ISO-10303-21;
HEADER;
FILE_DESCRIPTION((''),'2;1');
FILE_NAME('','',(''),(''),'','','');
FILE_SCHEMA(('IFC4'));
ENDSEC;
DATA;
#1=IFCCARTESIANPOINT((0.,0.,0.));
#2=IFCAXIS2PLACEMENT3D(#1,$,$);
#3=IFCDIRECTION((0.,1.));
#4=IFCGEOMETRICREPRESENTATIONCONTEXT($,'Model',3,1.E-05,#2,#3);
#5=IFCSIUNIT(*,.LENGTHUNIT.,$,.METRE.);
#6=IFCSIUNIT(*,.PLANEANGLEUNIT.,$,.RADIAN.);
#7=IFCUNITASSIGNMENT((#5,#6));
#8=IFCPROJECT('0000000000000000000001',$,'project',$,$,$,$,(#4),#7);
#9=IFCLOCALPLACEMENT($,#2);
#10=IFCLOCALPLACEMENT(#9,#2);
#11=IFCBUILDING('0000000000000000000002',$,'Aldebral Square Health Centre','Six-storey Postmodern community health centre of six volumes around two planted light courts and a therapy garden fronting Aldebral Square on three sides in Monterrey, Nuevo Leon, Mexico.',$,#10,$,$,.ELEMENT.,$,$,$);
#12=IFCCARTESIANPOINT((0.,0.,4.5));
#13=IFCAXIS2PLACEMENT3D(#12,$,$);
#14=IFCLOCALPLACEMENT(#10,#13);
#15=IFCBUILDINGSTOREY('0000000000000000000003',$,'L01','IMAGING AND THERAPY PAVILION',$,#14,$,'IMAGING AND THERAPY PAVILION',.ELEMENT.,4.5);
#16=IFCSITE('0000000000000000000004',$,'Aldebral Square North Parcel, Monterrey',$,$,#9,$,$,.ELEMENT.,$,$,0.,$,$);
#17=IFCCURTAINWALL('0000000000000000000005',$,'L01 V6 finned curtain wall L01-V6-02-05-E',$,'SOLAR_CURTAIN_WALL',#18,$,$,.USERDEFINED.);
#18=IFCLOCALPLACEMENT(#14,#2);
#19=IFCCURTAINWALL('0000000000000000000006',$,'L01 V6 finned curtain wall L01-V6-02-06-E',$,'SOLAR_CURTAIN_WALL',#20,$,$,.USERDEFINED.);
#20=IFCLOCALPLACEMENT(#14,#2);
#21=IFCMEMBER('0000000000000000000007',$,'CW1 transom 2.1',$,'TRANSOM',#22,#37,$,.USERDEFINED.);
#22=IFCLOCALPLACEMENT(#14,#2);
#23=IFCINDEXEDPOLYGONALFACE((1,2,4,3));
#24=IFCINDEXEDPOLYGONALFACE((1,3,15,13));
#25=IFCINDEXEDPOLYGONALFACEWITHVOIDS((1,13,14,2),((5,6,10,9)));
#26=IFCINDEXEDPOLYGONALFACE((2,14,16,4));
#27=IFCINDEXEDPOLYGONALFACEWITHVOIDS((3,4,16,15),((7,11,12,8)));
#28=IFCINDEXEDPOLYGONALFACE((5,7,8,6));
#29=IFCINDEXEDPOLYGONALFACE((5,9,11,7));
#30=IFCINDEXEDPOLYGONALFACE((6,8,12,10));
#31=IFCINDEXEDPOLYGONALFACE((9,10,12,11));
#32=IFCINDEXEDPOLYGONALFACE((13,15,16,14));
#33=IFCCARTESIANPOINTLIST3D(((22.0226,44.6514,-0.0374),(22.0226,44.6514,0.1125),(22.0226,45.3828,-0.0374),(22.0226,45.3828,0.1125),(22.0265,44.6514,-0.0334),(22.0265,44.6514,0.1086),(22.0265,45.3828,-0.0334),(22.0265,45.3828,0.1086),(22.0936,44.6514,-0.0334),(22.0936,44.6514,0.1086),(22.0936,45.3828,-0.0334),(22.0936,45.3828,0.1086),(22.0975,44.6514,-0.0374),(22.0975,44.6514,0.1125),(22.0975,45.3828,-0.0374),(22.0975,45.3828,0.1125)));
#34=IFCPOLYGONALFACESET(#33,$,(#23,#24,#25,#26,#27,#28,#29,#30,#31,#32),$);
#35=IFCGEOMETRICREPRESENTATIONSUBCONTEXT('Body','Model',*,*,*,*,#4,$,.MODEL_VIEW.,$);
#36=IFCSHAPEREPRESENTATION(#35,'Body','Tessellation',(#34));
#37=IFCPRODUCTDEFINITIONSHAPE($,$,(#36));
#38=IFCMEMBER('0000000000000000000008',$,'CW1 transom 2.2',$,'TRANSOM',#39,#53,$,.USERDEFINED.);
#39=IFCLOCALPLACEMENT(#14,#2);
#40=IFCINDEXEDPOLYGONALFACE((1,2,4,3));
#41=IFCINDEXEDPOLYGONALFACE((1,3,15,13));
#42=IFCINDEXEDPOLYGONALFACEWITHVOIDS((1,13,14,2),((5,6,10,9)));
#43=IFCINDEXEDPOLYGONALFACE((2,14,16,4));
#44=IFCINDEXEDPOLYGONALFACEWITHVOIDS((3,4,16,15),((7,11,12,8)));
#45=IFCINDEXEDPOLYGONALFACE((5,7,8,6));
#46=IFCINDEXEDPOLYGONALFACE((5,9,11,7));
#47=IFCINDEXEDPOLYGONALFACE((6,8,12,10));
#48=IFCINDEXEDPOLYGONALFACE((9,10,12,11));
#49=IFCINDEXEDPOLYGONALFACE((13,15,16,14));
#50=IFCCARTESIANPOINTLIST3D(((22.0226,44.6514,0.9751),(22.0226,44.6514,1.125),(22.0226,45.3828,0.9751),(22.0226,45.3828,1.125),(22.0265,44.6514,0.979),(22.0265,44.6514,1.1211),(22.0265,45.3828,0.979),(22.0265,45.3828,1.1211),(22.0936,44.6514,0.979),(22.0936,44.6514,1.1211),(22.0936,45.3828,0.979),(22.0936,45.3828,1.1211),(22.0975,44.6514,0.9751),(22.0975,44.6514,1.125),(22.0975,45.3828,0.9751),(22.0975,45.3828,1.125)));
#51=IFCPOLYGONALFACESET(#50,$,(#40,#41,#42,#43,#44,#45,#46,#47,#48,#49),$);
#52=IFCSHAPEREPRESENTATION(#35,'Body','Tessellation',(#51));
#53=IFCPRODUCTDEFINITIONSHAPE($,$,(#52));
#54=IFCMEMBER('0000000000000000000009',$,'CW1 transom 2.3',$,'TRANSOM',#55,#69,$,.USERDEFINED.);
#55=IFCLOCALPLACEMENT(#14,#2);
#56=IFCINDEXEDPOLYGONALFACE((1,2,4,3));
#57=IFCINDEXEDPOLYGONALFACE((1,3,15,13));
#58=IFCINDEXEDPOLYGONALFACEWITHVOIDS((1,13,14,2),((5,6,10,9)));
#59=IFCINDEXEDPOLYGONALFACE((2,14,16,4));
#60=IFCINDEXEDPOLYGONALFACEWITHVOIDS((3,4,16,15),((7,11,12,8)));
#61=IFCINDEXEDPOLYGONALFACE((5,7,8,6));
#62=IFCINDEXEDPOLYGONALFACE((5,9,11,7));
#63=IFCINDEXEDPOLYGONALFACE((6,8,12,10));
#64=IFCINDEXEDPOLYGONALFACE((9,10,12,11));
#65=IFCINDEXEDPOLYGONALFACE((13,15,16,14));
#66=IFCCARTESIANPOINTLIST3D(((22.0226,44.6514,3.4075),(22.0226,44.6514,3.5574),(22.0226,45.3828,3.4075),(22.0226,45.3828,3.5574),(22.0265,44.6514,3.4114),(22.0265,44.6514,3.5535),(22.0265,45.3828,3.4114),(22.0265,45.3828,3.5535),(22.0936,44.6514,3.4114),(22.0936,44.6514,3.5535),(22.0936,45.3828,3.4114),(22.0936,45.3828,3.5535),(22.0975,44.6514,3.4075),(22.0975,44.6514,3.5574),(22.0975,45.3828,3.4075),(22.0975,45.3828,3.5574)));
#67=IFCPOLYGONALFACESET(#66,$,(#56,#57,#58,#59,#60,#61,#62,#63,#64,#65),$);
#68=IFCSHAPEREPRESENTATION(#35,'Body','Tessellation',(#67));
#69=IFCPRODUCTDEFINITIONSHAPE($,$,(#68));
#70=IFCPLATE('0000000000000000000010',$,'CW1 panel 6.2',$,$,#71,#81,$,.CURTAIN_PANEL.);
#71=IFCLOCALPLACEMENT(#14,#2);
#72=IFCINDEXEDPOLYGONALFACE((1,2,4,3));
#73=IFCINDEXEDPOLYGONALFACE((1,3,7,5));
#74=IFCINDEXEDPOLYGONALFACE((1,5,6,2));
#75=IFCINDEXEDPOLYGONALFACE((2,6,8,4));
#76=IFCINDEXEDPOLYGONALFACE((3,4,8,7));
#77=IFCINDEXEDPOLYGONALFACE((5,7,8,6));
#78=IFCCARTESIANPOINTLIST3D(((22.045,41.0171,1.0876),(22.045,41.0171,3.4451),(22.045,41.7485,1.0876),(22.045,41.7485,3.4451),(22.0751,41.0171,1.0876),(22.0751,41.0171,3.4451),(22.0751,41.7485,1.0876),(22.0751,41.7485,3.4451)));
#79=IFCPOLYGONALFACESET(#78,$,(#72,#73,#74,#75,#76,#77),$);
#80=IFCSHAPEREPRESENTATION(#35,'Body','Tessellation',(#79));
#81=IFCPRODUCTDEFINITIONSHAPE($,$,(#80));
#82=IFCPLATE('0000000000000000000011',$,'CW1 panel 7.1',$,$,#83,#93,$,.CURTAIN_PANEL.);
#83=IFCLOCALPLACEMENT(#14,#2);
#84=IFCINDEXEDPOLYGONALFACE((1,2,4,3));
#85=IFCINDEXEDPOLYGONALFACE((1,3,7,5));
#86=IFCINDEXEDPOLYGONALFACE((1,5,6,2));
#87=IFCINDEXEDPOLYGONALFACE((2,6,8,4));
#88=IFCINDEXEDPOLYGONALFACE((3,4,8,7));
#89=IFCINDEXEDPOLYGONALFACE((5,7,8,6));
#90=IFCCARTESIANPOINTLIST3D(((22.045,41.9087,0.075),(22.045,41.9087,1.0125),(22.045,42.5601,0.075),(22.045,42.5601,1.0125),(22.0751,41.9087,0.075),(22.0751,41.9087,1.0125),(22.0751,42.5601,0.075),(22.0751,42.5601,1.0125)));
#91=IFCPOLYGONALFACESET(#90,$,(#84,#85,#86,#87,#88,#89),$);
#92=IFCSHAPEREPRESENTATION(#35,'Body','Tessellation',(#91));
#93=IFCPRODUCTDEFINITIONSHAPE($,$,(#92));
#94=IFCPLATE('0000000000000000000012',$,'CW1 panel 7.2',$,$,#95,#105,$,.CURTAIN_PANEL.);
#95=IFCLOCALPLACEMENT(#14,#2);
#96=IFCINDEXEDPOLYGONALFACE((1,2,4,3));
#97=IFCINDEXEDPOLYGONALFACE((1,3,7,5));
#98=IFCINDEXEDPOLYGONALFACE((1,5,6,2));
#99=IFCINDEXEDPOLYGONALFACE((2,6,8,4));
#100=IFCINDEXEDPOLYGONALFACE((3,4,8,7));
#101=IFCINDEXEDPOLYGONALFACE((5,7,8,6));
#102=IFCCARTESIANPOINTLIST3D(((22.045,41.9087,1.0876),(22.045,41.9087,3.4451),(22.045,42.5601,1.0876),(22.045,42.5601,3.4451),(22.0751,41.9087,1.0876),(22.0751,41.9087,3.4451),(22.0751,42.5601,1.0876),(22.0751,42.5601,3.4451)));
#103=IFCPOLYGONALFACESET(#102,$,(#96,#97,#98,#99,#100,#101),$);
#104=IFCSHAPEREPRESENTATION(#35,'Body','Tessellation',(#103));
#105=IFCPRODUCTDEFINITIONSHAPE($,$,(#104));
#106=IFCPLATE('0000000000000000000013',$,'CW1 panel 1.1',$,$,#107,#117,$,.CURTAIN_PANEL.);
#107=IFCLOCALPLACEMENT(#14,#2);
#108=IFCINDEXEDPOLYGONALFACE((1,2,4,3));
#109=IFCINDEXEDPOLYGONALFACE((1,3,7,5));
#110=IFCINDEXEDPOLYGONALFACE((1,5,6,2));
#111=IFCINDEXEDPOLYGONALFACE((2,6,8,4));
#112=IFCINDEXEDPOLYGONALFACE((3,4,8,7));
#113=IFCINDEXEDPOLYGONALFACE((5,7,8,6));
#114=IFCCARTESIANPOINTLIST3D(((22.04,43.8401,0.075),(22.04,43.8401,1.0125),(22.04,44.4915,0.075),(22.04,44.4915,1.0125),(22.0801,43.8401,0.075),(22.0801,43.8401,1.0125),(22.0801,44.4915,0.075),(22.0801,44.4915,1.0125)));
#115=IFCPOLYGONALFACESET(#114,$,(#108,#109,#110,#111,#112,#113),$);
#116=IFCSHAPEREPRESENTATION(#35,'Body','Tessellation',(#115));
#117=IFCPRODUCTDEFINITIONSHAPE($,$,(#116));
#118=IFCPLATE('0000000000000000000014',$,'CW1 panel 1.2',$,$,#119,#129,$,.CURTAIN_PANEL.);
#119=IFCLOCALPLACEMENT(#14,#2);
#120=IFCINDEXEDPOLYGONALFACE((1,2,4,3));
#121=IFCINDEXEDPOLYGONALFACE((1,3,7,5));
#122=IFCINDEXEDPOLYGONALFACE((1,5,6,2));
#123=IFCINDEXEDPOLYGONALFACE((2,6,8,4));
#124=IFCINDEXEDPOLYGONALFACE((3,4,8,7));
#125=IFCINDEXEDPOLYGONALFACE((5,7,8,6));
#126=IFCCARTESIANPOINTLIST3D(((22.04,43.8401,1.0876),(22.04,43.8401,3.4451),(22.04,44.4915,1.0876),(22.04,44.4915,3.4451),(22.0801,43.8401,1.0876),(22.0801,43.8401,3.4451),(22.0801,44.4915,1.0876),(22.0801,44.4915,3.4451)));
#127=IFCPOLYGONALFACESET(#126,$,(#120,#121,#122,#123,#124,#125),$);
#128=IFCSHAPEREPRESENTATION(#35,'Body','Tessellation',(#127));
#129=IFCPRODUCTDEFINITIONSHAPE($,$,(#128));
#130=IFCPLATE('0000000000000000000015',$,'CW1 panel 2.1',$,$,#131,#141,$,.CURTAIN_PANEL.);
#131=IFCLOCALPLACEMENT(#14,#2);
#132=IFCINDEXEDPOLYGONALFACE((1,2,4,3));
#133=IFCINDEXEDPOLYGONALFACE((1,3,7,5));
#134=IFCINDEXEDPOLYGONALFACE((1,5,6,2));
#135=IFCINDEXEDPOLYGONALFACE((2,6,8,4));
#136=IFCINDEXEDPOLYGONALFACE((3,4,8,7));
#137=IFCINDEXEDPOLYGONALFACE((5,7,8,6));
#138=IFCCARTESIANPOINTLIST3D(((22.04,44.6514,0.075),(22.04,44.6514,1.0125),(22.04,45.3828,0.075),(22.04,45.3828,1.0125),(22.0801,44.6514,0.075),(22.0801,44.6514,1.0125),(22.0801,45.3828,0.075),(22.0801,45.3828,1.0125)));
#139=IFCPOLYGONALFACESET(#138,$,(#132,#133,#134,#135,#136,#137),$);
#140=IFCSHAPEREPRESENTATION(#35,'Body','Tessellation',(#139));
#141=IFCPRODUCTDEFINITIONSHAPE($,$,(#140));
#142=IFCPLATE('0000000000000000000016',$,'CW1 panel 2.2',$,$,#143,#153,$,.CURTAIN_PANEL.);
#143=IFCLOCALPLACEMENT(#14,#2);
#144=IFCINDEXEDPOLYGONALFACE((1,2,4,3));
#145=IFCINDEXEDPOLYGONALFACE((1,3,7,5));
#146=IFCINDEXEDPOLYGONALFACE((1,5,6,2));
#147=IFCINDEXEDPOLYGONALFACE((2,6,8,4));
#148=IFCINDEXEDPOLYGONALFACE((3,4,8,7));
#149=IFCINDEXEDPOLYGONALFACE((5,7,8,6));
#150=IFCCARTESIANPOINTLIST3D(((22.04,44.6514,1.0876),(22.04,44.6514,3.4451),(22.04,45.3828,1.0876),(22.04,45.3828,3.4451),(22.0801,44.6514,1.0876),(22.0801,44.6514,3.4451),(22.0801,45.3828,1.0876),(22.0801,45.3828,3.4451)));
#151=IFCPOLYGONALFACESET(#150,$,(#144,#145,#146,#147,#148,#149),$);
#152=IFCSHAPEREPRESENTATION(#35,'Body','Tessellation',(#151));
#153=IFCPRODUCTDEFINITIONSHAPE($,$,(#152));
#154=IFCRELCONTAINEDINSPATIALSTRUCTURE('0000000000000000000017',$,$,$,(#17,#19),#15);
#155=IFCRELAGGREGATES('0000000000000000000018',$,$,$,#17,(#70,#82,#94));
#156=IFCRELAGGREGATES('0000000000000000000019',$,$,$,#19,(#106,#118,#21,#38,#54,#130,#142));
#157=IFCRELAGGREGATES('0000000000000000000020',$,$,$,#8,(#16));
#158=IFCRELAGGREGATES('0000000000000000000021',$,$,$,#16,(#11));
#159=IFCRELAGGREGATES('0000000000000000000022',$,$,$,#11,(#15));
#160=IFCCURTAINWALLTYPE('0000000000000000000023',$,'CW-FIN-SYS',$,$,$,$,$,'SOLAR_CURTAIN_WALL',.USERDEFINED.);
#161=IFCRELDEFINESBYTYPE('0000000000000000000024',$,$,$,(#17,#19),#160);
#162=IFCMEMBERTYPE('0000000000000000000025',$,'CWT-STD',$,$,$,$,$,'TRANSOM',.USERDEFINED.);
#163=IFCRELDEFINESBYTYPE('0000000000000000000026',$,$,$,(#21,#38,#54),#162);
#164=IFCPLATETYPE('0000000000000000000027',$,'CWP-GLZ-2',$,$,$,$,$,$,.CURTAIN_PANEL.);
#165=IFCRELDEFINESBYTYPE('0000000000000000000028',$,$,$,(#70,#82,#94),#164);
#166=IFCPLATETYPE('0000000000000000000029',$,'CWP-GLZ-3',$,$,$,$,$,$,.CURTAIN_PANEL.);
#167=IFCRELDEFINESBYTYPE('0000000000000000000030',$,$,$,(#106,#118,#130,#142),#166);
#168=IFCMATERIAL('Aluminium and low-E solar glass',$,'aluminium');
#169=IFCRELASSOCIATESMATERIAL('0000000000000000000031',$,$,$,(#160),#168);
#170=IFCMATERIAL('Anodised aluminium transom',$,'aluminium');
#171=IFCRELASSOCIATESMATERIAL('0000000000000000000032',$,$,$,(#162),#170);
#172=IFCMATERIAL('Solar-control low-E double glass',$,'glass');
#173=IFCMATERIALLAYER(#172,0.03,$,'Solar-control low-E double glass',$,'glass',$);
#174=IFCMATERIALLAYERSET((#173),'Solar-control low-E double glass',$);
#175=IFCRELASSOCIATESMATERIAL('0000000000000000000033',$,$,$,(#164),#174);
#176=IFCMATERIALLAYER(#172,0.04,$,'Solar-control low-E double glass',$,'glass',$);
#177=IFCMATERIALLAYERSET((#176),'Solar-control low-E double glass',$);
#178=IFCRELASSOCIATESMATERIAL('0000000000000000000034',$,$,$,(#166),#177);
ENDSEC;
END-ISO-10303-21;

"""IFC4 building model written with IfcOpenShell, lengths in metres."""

from ifc_helpers import new_model, si_unit, direction, frame, origin, origin_2d, place, context, subcontext, project, spatial, rectangle, hollow_rectangle, extrude, material, layer, layer_set, material_profile, profile_set, type_object, element, aggregate, save


model = new_model("IFC4")

# Units and contexts
model_context = context("Model", 3, precision=1e-05, world=origin(), true_north=direction((0.0, 1.0)))
body_context = subcontext(model_context, "Body", "Model", "MODEL_VIEW")
ifc_project = project(units=[si_unit("LENGTHUNIT", "METRE"), si_unit("PLANEANGLEUNIT", "RADIAN")], contexts=[model_context])

# Site, building, storey
site_placement = place(None, origin())
site = spatial("IfcSite", under=ifc_project, at=site_placement, Name="Aldebral Square North Parcel, Monterrey", CompositionType="ELEMENT", RefElevation=0.0)
building_placement = place(site_placement, origin())
building = spatial("IfcBuilding", under=site, at=building_placement, Name="Aldebral Square Health Centre", Description="Six-storey Postmodern community health centre of six volumes around two planted light courts and a therapy garden fronting Aldebral Square on three sides in Monterrey, Nuevo Leon, Mexico.", CompositionType="ELEMENT")
storey_placement = place(building_placement, frame((0.0, 0.0, 4.5)))
storey = spatial("IfcBuildingStorey", under=building, at=storey_placement, Name="L01", Description="IMAGING AND THERAPY PAVILION", LongName="IMAGING AND THERAPY PAVILION", CompositionType="ELEMENT", Elevation=4.5)

# Curtain walls
ifc_material_1 = material(Name="Aluminium and low-E solar glass", Category="aluminium")
curtain_wall_type = type_object("IfcCurtainWallType", Name="CW-FIN-SYS", ElementType="SOLAR_CURTAIN_WALL", PredefinedType="USERDEFINED", material=ifc_material_1)
curtain_wall_1_placement = place(storey_placement, origin())
curtain_wall_1 = element("IfcCurtainWall", 1, at=curtain_wall_1_placement, inside=storey, type_object=curtain_wall_type, Name="L01 V6 finned curtain wall L01-V6-02-05-E", ObjectType="SOLAR_CURTAIN_WALL", PredefinedType="USERDEFINED")
curtain_wall_2_placement = place(storey_placement, origin())
curtain_wall_2 = element("IfcCurtainWall", 2, at=curtain_wall_2_placement, inside=storey, type_object=curtain_wall_type, Name="L01 V6 finned curtain wall L01-V6-02-06-E", ObjectType="SOLAR_CURTAIN_WALL", PredefinedType="USERDEFINED")

# Members
ifc_material_2 = material(Name="Anodised aluminium transom", Category="aluminium")
ifc_material_profile_1 = material_profile(ifc_material_2, hollow_rectangle(XDim=0.075, YDim=0.1499, WallThickness=0.0039, at=origin_2d()), Name="CWT 75x150x4")
ifc_profile_set_1 = profile_set([ifc_material_profile_1], Name="Anodised aluminium transom")
member_type_1 = type_object("IfcMemberType", Name="CWT-STD", ElementType="TRANSOM", PredefinedType="USERDEFINED", material=ifc_profile_set_1)
member_1_placement = place(storey_placement, frame((22.0601, 44.6514, 0.0376), z_axis=(0.0, 1.0, 0.0), x_axis=(-1.0, 0.0, 0.0)))
member_1 = element("IfcMember", 3, at=member_1_placement, type_object=member_type_1, Name="CW1 transom 2.1", ObjectType="TRANSOM", PredefinedType="USERDEFINED", context=body_context, shape_type="SweptSolid", body=[
    extrude(hollow_rectangle(XDim=0.075, YDim=0.1499, WallThickness=0.0039, at=origin_2d()), origin(), (0.0, 0.0, 1.0), 0.7314),
])
member_2_placement = place(storey_placement, frame((22.0601, 44.6514, 1.05), z_axis=(0.0, 1.0, 0.0), x_axis=(-1.0, 0.0, 0.0)))
member_2 = element("IfcMember", 4, at=member_2_placement, type_object=member_type_1, Name="CW1 transom 2.2", ObjectType="TRANSOM", PredefinedType="USERDEFINED", context=body_context, shape_type="SweptSolid", body=[
    extrude(hollow_rectangle(XDim=0.075, YDim=0.1499, WallThickness=0.0039, at=origin_2d()), origin(), (0.0, 0.0, 1.0), 0.7314),
])
member_3_placement = place(storey_placement, frame((22.0601, 44.6514, 3.4824), z_axis=(0.0, 1.0, 0.0), x_axis=(-1.0, 0.0, 0.0)))
member_3 = element("IfcMember", 5, at=member_3_placement, type_object=member_type_1, Name="CW1 transom 2.3", ObjectType="TRANSOM", PredefinedType="USERDEFINED", context=body_context, shape_type="SweptSolid", body=[
    extrude(hollow_rectangle(XDim=0.075, YDim=0.1499, WallThickness=0.0039, at=origin_2d()), origin(), (0.0, 0.0, 1.0), 0.7314),
])

# Plates
ifc_material_3 = material(Name="Solar-control low-E double glass", Category="glass")
ifc_layer_1 = layer(ifc_material_3, 0.03, Name="Solar-control low-E double glass", Category="glass")
ifc_layer_set_1 = layer_set([ifc_layer_1], Name="Solar-control low-E double glass")
plate_type_1 = type_object("IfcPlateType", Name="CWP-GLZ-2", PredefinedType="CURTAIN_PANEL", material=ifc_layer_set_1)
plate_1_placement = place(storey_placement, frame((22.0601, 41.3828, 1.0876), z_axis=(0.0, 0.0, 1.0), x_axis=(0.0, 1.0, 0.0)))
plate_1 = element("IfcPlate", 6, at=plate_1_placement, type_object=plate_type_1, Name="CW1 panel 6.2", PredefinedType="CURTAIN_PANEL", context=body_context, shape_type="SweptSolid", body=[
    extrude(rectangle(XDim=0.7314, YDim=0.03, at=origin_2d()), origin(), (0.0, 0.0, 1.0), 2.3574),
])
plate_2_placement = place(storey_placement, frame((22.0601, 42.2344, 0.075), z_axis=(0.0, 0.0, 1.0), x_axis=(0.0, 1.0, 0.0)))
plate_2 = element("IfcPlate", 7, at=plate_2_placement, type_object=plate_type_1, Name="CW1 panel 7.1", PredefinedType="CURTAIN_PANEL", context=body_context, shape_type="SweptSolid", body=[
    extrude(rectangle(XDim=0.6514, YDim=0.03, at=origin_2d()), origin(), (0.0, 0.0, 1.0), 0.9375),
])
plate_3_placement = place(storey_placement, frame((22.0601, 42.2344, 1.0876), z_axis=(0.0, 0.0, 1.0), x_axis=(0.0, 1.0, 0.0)))
plate_3 = element("IfcPlate", 8, at=plate_3_placement, type_object=plate_type_1, Name="CW1 panel 7.2", PredefinedType="CURTAIN_PANEL", context=body_context, shape_type="SweptSolid", body=[
    extrude(rectangle(XDim=0.6514, YDim=0.03, at=origin_2d()), origin(), (0.0, 0.0, 1.0), 2.3574),
])
aggregate(curtain_wall_1, [plate_1, plate_2, plate_3])
ifc_layer_2 = layer(ifc_material_3, 0.04, Name="Solar-control low-E double glass", Category="glass")
ifc_layer_set_2 = layer_set([ifc_layer_2], Name="Solar-control low-E double glass")
plate_type_2 = type_object("IfcPlateType", Name="CWP-GLZ-3", PredefinedType="CURTAIN_PANEL", material=ifc_layer_set_2)
plate_4_placement = place(storey_placement, frame((22.0601, 44.1658, 0.075), z_axis=(0.0, 0.0, 1.0), x_axis=(0.0, 1.0, 0.0)))
plate_4 = element("IfcPlate", 9, at=plate_4_placement, type_object=plate_type_2, Name="CW1 panel 1.1", PredefinedType="CURTAIN_PANEL", context=body_context, shape_type="SweptSolid", body=[
    extrude(rectangle(XDim=0.6514, YDim=0.04, at=origin_2d()), origin(), (0.0, 0.0, 1.0), 0.9375),
])
plate_5_placement = place(storey_placement, frame((22.0601, 44.1658, 1.0876), z_axis=(0.0, 0.0, 1.0), x_axis=(0.0, 1.0, 0.0)))
plate_5 = element("IfcPlate", 10, at=plate_5_placement, type_object=plate_type_2, Name="CW1 panel 1.2", PredefinedType="CURTAIN_PANEL", context=body_context, shape_type="SweptSolid", body=[
    extrude(rectangle(XDim=0.6514, YDim=0.04, at=origin_2d()), origin(), (0.0, 0.0, 1.0), 2.3574),
])
plate_6_placement = place(storey_placement, frame((22.0601, 45.0171, 0.075), z_axis=(0.0, 0.0, 1.0), x_axis=(0.0, 1.0, 0.0)))
plate_6 = element("IfcPlate", 11, at=plate_6_placement, type_object=plate_type_2, Name="CW1 panel 2.1", PredefinedType="CURTAIN_PANEL", context=body_context, shape_type="SweptSolid", body=[
    extrude(rectangle(XDim=0.7314, YDim=0.04, at=origin_2d()), origin(), (0.0, 0.0, 1.0), 0.9375),
])
plate_7_placement = place(storey_placement, frame((22.0601, 45.0171, 1.0876), z_axis=(0.0, 0.0, 1.0), x_axis=(0.0, 1.0, 0.0)))
plate_7 = element("IfcPlate", 12, at=plate_7_placement, type_object=plate_type_2, Name="CW1 panel 2.2", PredefinedType="CURTAIN_PANEL", context=body_context, shape_type="SweptSolid", body=[
    extrude(rectangle(XDim=0.7314, YDim=0.04, at=origin_2d()), origin(), (0.0, 0.0, 1.0), 2.3574),
])
aggregate(curtain_wall_2, [plate_4, plate_5, member_1, member_2, member_3, plate_6, plate_7])

save(model, "model.ifc")
